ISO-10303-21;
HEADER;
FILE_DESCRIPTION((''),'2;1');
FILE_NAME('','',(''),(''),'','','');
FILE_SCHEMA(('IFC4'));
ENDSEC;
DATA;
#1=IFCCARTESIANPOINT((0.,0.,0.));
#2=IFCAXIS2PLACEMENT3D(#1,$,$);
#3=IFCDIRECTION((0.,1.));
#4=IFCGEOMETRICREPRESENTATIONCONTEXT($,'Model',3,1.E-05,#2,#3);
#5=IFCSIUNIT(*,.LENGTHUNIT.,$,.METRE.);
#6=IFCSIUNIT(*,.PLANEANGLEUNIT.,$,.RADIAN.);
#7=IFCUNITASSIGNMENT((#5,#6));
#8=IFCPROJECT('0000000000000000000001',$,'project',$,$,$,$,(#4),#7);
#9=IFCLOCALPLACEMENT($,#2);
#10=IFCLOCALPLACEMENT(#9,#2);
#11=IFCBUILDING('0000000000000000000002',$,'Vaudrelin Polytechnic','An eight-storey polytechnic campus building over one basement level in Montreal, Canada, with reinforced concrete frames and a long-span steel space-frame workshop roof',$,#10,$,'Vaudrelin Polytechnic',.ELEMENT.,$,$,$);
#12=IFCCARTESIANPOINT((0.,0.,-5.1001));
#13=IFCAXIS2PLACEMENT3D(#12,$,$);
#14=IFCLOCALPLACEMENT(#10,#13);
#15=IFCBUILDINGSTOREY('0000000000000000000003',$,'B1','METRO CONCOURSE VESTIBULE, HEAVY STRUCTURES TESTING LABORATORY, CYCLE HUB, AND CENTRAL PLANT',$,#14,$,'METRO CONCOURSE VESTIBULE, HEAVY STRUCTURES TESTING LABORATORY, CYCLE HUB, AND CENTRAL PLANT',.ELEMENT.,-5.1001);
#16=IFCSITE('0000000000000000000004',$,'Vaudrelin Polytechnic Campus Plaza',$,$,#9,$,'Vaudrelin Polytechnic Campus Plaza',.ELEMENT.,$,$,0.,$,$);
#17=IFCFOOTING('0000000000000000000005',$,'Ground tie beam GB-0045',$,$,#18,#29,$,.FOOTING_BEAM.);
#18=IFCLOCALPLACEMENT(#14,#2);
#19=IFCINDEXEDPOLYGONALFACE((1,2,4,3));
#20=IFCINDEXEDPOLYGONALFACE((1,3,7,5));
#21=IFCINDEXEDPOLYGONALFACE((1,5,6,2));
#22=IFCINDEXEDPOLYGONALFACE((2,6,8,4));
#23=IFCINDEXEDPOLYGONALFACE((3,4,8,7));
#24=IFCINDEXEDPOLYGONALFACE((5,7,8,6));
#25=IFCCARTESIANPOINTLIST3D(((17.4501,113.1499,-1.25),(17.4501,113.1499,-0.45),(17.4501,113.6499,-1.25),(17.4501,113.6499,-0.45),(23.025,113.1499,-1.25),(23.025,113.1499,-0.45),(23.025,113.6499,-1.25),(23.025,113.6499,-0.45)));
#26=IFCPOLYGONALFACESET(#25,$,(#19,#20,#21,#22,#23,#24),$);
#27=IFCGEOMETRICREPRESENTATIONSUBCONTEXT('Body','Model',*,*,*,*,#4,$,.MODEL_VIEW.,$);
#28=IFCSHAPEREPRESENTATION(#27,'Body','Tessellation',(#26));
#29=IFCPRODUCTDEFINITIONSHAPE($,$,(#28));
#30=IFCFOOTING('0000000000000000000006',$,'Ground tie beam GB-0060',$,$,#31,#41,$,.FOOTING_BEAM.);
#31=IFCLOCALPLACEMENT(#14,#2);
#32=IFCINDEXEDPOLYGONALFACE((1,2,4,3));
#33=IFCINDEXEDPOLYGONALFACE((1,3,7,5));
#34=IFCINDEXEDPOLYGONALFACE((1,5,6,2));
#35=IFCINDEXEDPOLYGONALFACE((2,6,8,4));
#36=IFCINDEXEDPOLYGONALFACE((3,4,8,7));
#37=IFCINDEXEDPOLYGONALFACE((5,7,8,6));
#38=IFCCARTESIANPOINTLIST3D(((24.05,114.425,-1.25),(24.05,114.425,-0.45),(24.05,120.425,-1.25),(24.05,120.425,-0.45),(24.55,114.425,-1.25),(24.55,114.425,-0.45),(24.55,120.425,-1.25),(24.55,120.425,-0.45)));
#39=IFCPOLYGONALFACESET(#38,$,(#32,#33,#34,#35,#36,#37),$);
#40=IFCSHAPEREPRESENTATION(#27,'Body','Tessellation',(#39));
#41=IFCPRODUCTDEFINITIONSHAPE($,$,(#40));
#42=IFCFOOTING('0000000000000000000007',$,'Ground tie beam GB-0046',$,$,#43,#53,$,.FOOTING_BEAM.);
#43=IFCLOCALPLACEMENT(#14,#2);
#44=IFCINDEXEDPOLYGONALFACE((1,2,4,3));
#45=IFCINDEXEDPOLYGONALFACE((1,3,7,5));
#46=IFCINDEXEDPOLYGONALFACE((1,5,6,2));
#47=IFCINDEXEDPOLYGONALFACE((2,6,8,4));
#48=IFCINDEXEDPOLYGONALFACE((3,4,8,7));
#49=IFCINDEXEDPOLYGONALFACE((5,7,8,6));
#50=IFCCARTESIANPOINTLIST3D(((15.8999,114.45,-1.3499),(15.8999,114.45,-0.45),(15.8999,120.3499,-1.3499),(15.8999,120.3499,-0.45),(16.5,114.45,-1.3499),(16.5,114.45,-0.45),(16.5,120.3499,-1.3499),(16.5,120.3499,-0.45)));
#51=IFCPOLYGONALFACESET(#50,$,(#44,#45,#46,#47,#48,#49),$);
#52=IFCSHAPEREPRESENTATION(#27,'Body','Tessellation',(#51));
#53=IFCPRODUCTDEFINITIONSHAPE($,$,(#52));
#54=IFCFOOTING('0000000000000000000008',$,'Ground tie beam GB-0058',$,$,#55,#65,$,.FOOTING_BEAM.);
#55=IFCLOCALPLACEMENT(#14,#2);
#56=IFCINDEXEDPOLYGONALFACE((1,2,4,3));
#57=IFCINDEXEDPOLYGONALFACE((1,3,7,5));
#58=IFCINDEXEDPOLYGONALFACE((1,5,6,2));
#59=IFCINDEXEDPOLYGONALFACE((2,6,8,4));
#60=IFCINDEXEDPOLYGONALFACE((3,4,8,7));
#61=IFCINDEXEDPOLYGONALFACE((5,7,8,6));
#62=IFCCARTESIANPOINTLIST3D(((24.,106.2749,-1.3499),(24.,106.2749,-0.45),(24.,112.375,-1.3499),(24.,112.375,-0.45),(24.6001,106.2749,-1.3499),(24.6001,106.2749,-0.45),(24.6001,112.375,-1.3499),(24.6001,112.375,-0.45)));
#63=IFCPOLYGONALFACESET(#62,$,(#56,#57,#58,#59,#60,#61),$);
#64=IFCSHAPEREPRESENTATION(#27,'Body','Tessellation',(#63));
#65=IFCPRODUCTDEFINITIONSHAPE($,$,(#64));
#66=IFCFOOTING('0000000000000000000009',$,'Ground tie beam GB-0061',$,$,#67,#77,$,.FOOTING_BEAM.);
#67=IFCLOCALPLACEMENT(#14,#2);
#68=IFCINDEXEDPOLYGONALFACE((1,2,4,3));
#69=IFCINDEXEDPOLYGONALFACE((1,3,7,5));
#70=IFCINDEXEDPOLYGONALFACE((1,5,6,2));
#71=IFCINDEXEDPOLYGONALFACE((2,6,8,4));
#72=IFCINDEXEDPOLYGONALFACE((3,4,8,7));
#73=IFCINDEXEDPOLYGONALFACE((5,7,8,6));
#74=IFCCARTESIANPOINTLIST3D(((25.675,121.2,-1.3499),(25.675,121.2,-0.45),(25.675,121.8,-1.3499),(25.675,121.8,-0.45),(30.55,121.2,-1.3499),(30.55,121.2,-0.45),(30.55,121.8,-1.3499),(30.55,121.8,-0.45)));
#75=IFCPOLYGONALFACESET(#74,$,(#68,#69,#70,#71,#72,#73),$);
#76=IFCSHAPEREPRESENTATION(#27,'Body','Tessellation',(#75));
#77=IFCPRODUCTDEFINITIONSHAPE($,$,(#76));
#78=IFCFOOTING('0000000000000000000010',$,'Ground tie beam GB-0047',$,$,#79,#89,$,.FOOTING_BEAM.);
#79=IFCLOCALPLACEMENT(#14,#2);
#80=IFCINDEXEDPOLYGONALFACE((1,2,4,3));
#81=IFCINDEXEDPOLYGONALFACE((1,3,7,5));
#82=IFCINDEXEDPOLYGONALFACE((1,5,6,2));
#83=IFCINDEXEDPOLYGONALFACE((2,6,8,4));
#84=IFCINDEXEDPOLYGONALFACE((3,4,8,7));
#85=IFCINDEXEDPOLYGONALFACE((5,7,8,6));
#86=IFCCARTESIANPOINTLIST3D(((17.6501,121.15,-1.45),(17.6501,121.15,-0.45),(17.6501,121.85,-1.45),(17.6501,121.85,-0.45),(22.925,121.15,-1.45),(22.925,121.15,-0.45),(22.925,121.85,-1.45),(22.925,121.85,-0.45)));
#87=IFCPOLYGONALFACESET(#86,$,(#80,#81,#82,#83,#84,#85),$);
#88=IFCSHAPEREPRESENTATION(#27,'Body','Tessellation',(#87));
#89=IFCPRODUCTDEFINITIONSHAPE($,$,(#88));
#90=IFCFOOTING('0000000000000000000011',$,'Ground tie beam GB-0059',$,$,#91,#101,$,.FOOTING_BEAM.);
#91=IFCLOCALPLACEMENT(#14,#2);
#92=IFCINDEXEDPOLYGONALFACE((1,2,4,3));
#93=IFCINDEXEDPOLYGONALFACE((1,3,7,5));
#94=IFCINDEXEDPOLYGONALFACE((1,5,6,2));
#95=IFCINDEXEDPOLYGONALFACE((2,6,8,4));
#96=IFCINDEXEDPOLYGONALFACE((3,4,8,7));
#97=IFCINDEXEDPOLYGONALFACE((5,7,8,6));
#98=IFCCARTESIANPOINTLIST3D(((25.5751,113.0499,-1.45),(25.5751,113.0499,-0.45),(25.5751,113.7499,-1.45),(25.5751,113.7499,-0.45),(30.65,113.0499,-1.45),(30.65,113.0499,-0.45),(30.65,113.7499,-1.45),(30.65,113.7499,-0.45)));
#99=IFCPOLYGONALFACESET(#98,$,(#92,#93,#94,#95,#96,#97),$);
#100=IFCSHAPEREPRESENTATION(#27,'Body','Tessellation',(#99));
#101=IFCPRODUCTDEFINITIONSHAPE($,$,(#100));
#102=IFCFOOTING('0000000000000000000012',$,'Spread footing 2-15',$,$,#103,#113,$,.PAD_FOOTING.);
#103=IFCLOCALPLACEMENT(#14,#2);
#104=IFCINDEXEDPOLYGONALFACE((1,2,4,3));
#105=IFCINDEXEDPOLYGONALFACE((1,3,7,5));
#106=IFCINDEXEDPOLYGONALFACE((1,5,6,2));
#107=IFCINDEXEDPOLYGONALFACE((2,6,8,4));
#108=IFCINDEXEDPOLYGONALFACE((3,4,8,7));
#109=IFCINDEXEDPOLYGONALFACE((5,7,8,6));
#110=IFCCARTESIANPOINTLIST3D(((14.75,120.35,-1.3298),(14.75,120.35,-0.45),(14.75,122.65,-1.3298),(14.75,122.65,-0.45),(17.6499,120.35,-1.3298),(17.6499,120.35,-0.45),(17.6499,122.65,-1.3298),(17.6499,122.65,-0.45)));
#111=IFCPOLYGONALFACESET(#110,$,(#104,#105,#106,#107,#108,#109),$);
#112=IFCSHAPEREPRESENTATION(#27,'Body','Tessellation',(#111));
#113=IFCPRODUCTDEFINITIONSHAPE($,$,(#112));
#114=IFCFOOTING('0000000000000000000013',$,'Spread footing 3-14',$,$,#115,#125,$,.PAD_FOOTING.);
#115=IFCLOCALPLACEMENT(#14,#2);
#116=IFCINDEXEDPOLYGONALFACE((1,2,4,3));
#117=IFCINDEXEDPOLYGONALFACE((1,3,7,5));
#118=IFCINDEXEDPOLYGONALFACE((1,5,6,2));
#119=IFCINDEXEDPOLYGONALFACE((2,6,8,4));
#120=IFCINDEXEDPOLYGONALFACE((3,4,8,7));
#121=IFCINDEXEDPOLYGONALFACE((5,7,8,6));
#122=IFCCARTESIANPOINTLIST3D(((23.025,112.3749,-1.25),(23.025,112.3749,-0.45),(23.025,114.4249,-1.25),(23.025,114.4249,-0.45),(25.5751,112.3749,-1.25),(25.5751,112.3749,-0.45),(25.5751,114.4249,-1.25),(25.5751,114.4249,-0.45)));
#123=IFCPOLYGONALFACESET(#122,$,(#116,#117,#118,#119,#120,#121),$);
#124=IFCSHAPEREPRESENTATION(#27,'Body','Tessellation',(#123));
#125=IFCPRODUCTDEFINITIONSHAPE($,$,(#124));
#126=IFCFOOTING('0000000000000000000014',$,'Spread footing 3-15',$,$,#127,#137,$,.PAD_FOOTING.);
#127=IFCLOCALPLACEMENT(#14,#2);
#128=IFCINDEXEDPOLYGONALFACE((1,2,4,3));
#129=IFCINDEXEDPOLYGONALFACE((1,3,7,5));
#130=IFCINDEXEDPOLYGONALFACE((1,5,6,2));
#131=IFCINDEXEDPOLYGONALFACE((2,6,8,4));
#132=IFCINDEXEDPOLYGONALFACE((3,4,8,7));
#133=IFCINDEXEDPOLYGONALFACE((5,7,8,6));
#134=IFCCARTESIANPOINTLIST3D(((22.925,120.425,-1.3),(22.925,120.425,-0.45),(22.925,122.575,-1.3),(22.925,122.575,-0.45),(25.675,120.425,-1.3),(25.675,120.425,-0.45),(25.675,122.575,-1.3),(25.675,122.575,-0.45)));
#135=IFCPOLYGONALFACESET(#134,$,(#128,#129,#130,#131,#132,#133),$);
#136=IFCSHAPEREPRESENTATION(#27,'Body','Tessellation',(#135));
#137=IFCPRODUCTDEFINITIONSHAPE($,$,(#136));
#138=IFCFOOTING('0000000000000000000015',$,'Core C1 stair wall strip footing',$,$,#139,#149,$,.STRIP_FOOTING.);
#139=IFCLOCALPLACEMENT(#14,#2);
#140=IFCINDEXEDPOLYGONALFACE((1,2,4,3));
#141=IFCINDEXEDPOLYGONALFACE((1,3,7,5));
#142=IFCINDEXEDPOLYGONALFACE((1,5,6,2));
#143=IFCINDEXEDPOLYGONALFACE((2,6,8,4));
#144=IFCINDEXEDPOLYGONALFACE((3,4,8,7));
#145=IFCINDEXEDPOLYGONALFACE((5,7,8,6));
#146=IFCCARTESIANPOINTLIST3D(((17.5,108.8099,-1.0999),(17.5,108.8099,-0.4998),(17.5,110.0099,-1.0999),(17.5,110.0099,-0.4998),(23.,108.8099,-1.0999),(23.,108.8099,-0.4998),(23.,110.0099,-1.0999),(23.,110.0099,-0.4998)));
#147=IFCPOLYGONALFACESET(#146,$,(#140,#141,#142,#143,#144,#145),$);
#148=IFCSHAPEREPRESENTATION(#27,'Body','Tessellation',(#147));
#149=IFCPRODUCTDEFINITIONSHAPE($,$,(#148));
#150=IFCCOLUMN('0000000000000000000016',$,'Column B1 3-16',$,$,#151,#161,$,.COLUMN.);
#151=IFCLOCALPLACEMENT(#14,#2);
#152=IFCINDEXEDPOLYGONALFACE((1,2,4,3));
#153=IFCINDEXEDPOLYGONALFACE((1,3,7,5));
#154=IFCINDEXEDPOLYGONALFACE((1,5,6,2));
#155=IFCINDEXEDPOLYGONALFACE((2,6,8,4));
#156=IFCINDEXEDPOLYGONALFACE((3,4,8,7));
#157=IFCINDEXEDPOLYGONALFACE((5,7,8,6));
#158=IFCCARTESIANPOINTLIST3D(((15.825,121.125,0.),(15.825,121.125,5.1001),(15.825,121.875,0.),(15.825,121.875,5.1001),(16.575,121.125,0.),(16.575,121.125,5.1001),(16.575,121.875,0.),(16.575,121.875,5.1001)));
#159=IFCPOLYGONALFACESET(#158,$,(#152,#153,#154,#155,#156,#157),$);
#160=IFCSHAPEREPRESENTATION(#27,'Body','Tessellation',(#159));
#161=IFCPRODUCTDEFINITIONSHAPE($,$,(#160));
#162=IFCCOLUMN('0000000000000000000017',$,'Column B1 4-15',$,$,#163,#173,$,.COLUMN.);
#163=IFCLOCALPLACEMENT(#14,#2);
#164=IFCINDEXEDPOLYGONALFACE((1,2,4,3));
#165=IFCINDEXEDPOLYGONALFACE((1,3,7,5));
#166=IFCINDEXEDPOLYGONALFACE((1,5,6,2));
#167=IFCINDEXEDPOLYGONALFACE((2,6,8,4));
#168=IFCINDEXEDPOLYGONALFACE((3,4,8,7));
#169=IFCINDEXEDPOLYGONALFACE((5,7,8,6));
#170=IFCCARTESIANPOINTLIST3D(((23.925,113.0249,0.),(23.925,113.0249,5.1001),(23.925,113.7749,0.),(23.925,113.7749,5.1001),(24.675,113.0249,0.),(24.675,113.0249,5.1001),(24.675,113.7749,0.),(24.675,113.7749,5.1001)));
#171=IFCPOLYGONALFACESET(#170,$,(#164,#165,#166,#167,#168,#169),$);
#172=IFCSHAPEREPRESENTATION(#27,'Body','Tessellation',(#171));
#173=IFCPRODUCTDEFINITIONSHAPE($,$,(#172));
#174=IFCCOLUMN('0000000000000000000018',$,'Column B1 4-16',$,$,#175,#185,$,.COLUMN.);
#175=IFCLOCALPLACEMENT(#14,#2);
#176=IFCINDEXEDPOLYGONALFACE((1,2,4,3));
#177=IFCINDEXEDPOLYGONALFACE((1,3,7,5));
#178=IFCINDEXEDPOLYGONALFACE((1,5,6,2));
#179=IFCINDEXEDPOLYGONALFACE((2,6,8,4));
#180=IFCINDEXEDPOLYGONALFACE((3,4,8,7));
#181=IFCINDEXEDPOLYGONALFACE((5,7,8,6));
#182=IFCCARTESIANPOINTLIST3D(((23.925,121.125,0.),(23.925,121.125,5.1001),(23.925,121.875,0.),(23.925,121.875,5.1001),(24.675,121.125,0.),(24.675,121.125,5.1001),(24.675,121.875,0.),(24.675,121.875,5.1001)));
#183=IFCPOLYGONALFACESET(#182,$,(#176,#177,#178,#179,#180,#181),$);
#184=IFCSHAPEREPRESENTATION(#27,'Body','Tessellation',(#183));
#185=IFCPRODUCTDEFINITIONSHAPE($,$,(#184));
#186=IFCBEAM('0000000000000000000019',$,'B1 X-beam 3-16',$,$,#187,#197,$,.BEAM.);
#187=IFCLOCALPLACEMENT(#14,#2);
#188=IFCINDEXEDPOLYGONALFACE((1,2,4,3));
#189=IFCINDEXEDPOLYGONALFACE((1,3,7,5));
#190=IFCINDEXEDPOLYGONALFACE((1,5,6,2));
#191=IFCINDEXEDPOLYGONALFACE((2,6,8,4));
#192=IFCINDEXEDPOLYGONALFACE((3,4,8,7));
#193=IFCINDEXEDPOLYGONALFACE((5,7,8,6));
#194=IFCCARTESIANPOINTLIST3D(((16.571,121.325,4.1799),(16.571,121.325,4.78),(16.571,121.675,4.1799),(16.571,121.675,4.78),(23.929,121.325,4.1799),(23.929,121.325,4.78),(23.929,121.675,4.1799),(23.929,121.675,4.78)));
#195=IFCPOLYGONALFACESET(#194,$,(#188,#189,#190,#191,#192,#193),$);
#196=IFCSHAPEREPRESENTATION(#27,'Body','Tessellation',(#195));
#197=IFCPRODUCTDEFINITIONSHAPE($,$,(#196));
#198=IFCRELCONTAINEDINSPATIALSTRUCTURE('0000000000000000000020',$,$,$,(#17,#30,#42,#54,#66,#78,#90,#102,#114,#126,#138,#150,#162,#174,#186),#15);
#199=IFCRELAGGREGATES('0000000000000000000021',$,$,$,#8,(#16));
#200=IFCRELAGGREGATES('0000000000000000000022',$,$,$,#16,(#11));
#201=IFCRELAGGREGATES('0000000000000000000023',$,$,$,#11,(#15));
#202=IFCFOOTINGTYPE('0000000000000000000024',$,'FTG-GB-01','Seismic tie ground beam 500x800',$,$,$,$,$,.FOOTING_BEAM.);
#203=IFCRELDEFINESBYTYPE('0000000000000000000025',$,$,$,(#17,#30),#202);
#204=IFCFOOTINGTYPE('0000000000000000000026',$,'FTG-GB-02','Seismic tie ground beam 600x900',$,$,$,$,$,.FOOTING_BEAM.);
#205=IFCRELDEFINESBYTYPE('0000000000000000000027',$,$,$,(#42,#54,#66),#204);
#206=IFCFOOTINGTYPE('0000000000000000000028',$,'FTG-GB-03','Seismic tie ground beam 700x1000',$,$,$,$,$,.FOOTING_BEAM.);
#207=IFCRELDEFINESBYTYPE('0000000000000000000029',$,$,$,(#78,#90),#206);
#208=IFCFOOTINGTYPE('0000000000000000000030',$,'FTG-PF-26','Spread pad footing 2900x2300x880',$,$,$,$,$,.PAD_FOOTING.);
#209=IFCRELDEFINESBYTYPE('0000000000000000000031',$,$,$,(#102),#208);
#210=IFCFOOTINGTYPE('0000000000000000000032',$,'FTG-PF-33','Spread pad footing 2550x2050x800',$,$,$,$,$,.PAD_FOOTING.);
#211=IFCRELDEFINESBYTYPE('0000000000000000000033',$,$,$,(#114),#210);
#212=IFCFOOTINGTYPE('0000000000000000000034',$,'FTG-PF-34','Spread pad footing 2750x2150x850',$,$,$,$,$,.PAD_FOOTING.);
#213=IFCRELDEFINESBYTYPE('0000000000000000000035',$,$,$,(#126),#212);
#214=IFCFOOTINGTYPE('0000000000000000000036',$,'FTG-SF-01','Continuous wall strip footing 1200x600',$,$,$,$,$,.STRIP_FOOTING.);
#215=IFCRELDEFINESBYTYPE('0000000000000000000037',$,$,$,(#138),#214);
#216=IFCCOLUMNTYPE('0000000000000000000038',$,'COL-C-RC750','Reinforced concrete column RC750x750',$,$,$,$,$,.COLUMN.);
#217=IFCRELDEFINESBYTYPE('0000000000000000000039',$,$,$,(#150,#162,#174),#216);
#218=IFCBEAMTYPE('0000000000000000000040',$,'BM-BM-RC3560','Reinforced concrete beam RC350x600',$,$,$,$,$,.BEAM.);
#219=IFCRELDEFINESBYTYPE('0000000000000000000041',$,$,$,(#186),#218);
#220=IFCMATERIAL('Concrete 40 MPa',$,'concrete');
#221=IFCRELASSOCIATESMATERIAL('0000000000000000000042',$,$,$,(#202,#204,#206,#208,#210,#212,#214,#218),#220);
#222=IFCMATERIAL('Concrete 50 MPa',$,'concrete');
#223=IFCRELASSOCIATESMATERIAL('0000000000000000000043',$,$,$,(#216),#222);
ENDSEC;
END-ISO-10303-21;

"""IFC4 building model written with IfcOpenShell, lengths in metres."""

from ifc_helpers import new_model, si_unit, direction, frame, origin, origin_2d, place, context, subcontext, project, spatial, rectangle, extrude, material, material_profile, profile_set, type_object, element, save


model = new_model("IFC4")

# Units and contexts
model_context = context("Model", 3, precision=1e-05, world=origin(), true_north=direction((0.0, 1.0)))
body_context = subcontext(model_context, "Body", "Model", "MODEL_VIEW")
ifc_project = project(units=[si_unit("LENGTHUNIT", "METRE"), si_unit("PLANEANGLEUNIT", "RADIAN")], contexts=[model_context])

# Site, building, storey
site_placement = place(None, origin())
site = spatial("IfcSite", under=ifc_project, at=site_placement, Name="Vaudrelin Polytechnic Campus Plaza", LongName="Vaudrelin Polytechnic Campus Plaza", CompositionType="ELEMENT", RefElevation=0.0)
building_placement = place(site_placement, origin())
building = spatial("IfcBuilding", under=site, at=building_placement, Name="Vaudrelin Polytechnic", Description="An eight-storey polytechnic campus building over one basement level in Montreal, Canada, with reinforced concrete frames and a long-span steel space-frame workshop roof", LongName="Vaudrelin Polytechnic", CompositionType="ELEMENT")
storey_placement = place(building_placement, frame((0.0, 0.0, -5.1001)))
storey = spatial("IfcBuildingStorey", under=building, at=storey_placement, Name="B1", Description="METRO CONCOURSE VESTIBULE, HEAVY STRUCTURES TESTING LABORATORY, CYCLE HUB, AND CENTRAL PLANT", LongName="METRO CONCOURSE VESTIBULE, HEAVY STRUCTURES TESTING LABORATORY, CYCLE HUB, AND CENTRAL PLANT", CompositionType="ELEMENT", Elevation=-5.1001)

# Footings
ifc_material_1 = material(Name="Concrete 40 MPa", Category="concrete")
footing_type_1 = type_object("IfcFootingType", Name="FTG-GB-01", Description="Seismic tie ground beam 500x800", PredefinedType="FOOTING_BEAM", material=ifc_material_1)
footing_1_placement = place(storey_placement, frame((20.2375, 113.3999, -1.25), z_axis=(0.0, 0.0, 1.0), x_axis=(1.0, 0.0, 0.0)))
element("IfcFooting", 1, at=footing_1_placement, inside=storey, type_object=footing_type_1, Name="Ground tie beam GB-0045", PredefinedType="FOOTING_BEAM", context=body_context, shape_type="SweptSolid", body=[
    extrude(rectangle(XDim=5.575, YDim=0.5, at=origin_2d()), origin(), (0.0, 0.0, 1.0), 0.8),
])
footing_2_placement = place(storey_placement, frame((24.3, 117.425, -1.25), z_axis=(0.0, 0.0, 1.0), x_axis=(1.0, 0.0, 0.0)))
element("IfcFooting", 2, at=footing_2_placement, inside=storey, type_object=footing_type_1, Name="Ground tie beam GB-0060", PredefinedType="FOOTING_BEAM", context=body_context, shape_type="SweptSolid", body=[
    extrude(rectangle(XDim=0.5, YDim=6.0, at=origin_2d()), origin(), (0.0, 0.0, 1.0), 0.8),
])
footing_type_2 = type_object("IfcFootingType", Name="FTG-GB-02", Description="Seismic tie ground beam 600x900", PredefinedType="FOOTING_BEAM", material=ifc_material_1)
footing_3_placement = place(storey_placement, frame((16.2, 117.3999, -1.3499), z_axis=(0.0, 0.0, 1.0), x_axis=(1.0, 0.0, 0.0)))
element("IfcFooting", 3, at=footing_3_placement, inside=storey, type_object=footing_type_2, Name="Ground tie beam GB-0046", PredefinedType="FOOTING_BEAM", context=body_context, shape_type="SweptSolid", body=[
    extrude(rectangle(XDim=0.6001, YDim=5.8999, at=origin_2d()), origin(), (0.0, 0.0, 1.0), 0.8999),
])
footing_4_placement = place(storey_placement, frame((24.3, 109.325, -1.3499), z_axis=(0.0, 0.0, 1.0), x_axis=(1.0, 0.0, 0.0)))
element("IfcFooting", 4, at=footing_4_placement, inside=storey, type_object=footing_type_2, Name="Ground tie beam GB-0058", PredefinedType="FOOTING_BEAM", context=body_context, shape_type="SweptSolid", body=[
    extrude(rectangle(XDim=0.6001, YDim=6.1001, at=origin_2d()), origin(), (0.0, 0.0, 1.0), 0.8999),
])
footing_5_placement = place(storey_placement, frame((28.1125, 121.5, -1.3499), z_axis=(0.0, 0.0, 1.0), x_axis=(1.0, 0.0, 0.0)))
element("IfcFooting", 5, at=footing_5_placement, inside=storey, type_object=footing_type_2, Name="Ground tie beam GB-0061", PredefinedType="FOOTING_BEAM", context=body_context, shape_type="SweptSolid", body=[
    extrude(rectangle(XDim=4.875, YDim=0.6001, at=origin_2d()), origin(), (0.0, 0.0, 1.0), 0.8999),
])
footing_type_3 = type_object("IfcFootingType", Name="FTG-GB-03", Description="Seismic tie ground beam 700x1000", PredefinedType="FOOTING_BEAM", material=ifc_material_1)
footing_6_placement = place(storey_placement, frame((20.2876, 121.5, -1.45), z_axis=(0.0, 0.0, 1.0), x_axis=(1.0, 0.0, 0.0)))
element("IfcFooting", 6, at=footing_6_placement, inside=storey, type_object=footing_type_3, Name="Ground tie beam GB-0047", PredefinedType="FOOTING_BEAM", context=body_context, shape_type="SweptSolid", body=[
    extrude(rectangle(XDim=5.2749, YDim=0.7, at=origin_2d()), origin(), (0.0, 0.0, 1.0), 1.0),
])
footing_7_placement = place(storey_placement, frame((28.1125, 113.3999, -1.45), z_axis=(0.0, 0.0, 1.0), x_axis=(1.0, 0.0, 0.0)))
element("IfcFooting", 7, at=footing_7_placement, inside=storey, type_object=footing_type_3, Name="Ground tie beam GB-0059", PredefinedType="FOOTING_BEAM", context=body_context, shape_type="SweptSolid", body=[
    extrude(rectangle(XDim=5.075, YDim=0.7, at=origin_2d()), origin(), (0.0, 0.0, 1.0), 1.0),
])
footing_type_4 = type_object("IfcFootingType", Name="FTG-PF-26", Description="Spread pad footing 2900x2300x880", PredefinedType="PAD_FOOTING", material=ifc_material_1)
footing_8_placement = place(storey_placement, frame((16.2, 121.5, -1.3298), z_axis=(0.0, 0.0, 1.0), x_axis=(1.0, 0.0, 0.0)))
element("IfcFooting", 8, at=footing_8_placement, inside=storey, type_object=footing_type_4, Name="Spread footing 2-15", PredefinedType="PAD_FOOTING", context=body_context, shape_type="SweptSolid", body=[
    extrude(rectangle(XDim=2.8999, YDim=2.3, at=origin_2d()), origin(), (0.0, 0.0, 1.0), 0.8799),
])
footing_type_5 = type_object("IfcFootingType", Name="FTG-PF-33", Description="Spread pad footing 2550x2050x800", PredefinedType="PAD_FOOTING", material=ifc_material_1)
footing_9_placement = place(storey_placement, frame((24.3, 113.3999, -1.25), z_axis=(0.0, 0.0, 1.0), x_axis=(1.0, 0.0, 0.0)))
element("IfcFooting", 9, at=footing_9_placement, inside=storey, type_object=footing_type_5, Name="Spread footing 3-14", PredefinedType="PAD_FOOTING", context=body_context, shape_type="SweptSolid", body=[
    extrude(rectangle(XDim=2.55, YDim=2.05, at=origin_2d()), origin(), (0.0, 0.0, 1.0), 0.8),
])
footing_type_6 = type_object("IfcFootingType", Name="FTG-PF-34", Description="Spread pad footing 2750x2150x850", PredefinedType="PAD_FOOTING", material=ifc_material_1)
footing_10_placement = place(storey_placement, frame((24.3, 121.5, -1.3), z_axis=(0.0, 0.0, 1.0), x_axis=(1.0, 0.0, 0.0)))
element("IfcFooting", 10, at=footing_10_placement, inside=storey, type_object=footing_type_6, Name="Spread footing 3-15", PredefinedType="PAD_FOOTING", context=body_context, shape_type="SweptSolid", body=[
    extrude(rectangle(XDim=2.75, YDim=2.1499, at=origin_2d()), origin(), (0.0, 0.0, 1.0), 0.8501),
])
footing_type_7 = type_object("IfcFootingType", Name="FTG-SF-01", Description="Continuous wall strip footing 1200x600", PredefinedType="STRIP_FOOTING", material=ifc_material_1)
footing_11_placement = place(storey_placement, frame((20.25, 109.4099, -1.0999), z_axis=(0.0, 0.0, 1.0), x_axis=(1.0, 0.0, 0.0)))
element("IfcFooting", 11, at=footing_11_placement, inside=storey, type_object=footing_type_7, Name="Core C1 stair wall strip footing", PredefinedType="STRIP_FOOTING", context=body_context, shape_type="SweptSolid", body=[
    extrude(rectangle(XDim=5.5, YDim=1.2, at=origin_2d()), origin(), (0.0, 0.0, 1.0), 0.6001),
])

# Columns
ifc_material_2 = material(Name="Concrete 50 MPa", Category="concrete")
ifc_material_profile_1 = material_profile(ifc_material_2, rectangle(XDim=0.75, YDim=0.75, at=origin_2d()), Name="RC750x750")
ifc_profile_set_1 = profile_set([ifc_material_profile_1], Name="Concrete 50 MPa")
column_type = type_object("IfcColumnType", Name="COL-C-RC750", Description="Reinforced concrete column RC750x750", PredefinedType="COLUMN", material=ifc_profile_set_1)
for number, where, z_axis, x_axis, name in (
    (12, (16.2, 121.5, 0.0), (0.0, 0.0, 1.0), (1.0, 0.0, 0.0), "Column B1 3-16"),
    (13, (24.3, 113.3999, 0.0), (0.0, 0.0, 1.0), (1.0, 0.0, 0.0), "Column B1 4-15"),
    (14, (24.3, 121.5, 0.0), (0.0, 0.0, 1.0), (1.0, 0.0, 0.0), "Column B1 4-16"),
):
    element("IfcColumn", number, at=place(storey_placement, frame(where, z_axis=z_axis, x_axis=x_axis)), inside=storey, type_object=column_type, Name=name, PredefinedType="COLUMN", context=body_context, shape_type="SweptSolid", body=[
        extrude(rectangle(XDim=0.75, YDim=0.75, at=origin_2d()), origin(), (0.0, 0.0, 1.0), 5.1001),
    ])

# Beam
ifc_material_profile_2 = material_profile(ifc_material_1, rectangle(XDim=0.3501, YDim=0.6001, at=origin_2d()), Name="RC350x600")
ifc_profile_set_2 = profile_set([ifc_material_profile_2], Name="Concrete 40 MPa")
beam_type_1 = type_object("IfcBeamType", Name="BM-BM-RC3560", Description="Reinforced concrete beam RC350x600", PredefinedType="BEAM", material=ifc_profile_set_2)
beam_1_placement = place(storey_placement, frame((16.571, 121.5, 4.48), z_axis=(1.0, 0.0, 0.0), x_axis=(0.0, 1.0, 0.0)))
element("IfcBeam", 15, at=beam_1_placement, inside=storey, type_object=beam_type_1, Name="B1 X-beam 3-16", PredefinedType="BEAM", context=body_context, shape_type="SweptSolid", body=[
    extrude(rectangle(XDim=0.3501, YDim=0.6001, at=origin_2d()), origin(), (0.0, 0.0, 1.0), 7.3579),
])

save(model, "model.ifc")
